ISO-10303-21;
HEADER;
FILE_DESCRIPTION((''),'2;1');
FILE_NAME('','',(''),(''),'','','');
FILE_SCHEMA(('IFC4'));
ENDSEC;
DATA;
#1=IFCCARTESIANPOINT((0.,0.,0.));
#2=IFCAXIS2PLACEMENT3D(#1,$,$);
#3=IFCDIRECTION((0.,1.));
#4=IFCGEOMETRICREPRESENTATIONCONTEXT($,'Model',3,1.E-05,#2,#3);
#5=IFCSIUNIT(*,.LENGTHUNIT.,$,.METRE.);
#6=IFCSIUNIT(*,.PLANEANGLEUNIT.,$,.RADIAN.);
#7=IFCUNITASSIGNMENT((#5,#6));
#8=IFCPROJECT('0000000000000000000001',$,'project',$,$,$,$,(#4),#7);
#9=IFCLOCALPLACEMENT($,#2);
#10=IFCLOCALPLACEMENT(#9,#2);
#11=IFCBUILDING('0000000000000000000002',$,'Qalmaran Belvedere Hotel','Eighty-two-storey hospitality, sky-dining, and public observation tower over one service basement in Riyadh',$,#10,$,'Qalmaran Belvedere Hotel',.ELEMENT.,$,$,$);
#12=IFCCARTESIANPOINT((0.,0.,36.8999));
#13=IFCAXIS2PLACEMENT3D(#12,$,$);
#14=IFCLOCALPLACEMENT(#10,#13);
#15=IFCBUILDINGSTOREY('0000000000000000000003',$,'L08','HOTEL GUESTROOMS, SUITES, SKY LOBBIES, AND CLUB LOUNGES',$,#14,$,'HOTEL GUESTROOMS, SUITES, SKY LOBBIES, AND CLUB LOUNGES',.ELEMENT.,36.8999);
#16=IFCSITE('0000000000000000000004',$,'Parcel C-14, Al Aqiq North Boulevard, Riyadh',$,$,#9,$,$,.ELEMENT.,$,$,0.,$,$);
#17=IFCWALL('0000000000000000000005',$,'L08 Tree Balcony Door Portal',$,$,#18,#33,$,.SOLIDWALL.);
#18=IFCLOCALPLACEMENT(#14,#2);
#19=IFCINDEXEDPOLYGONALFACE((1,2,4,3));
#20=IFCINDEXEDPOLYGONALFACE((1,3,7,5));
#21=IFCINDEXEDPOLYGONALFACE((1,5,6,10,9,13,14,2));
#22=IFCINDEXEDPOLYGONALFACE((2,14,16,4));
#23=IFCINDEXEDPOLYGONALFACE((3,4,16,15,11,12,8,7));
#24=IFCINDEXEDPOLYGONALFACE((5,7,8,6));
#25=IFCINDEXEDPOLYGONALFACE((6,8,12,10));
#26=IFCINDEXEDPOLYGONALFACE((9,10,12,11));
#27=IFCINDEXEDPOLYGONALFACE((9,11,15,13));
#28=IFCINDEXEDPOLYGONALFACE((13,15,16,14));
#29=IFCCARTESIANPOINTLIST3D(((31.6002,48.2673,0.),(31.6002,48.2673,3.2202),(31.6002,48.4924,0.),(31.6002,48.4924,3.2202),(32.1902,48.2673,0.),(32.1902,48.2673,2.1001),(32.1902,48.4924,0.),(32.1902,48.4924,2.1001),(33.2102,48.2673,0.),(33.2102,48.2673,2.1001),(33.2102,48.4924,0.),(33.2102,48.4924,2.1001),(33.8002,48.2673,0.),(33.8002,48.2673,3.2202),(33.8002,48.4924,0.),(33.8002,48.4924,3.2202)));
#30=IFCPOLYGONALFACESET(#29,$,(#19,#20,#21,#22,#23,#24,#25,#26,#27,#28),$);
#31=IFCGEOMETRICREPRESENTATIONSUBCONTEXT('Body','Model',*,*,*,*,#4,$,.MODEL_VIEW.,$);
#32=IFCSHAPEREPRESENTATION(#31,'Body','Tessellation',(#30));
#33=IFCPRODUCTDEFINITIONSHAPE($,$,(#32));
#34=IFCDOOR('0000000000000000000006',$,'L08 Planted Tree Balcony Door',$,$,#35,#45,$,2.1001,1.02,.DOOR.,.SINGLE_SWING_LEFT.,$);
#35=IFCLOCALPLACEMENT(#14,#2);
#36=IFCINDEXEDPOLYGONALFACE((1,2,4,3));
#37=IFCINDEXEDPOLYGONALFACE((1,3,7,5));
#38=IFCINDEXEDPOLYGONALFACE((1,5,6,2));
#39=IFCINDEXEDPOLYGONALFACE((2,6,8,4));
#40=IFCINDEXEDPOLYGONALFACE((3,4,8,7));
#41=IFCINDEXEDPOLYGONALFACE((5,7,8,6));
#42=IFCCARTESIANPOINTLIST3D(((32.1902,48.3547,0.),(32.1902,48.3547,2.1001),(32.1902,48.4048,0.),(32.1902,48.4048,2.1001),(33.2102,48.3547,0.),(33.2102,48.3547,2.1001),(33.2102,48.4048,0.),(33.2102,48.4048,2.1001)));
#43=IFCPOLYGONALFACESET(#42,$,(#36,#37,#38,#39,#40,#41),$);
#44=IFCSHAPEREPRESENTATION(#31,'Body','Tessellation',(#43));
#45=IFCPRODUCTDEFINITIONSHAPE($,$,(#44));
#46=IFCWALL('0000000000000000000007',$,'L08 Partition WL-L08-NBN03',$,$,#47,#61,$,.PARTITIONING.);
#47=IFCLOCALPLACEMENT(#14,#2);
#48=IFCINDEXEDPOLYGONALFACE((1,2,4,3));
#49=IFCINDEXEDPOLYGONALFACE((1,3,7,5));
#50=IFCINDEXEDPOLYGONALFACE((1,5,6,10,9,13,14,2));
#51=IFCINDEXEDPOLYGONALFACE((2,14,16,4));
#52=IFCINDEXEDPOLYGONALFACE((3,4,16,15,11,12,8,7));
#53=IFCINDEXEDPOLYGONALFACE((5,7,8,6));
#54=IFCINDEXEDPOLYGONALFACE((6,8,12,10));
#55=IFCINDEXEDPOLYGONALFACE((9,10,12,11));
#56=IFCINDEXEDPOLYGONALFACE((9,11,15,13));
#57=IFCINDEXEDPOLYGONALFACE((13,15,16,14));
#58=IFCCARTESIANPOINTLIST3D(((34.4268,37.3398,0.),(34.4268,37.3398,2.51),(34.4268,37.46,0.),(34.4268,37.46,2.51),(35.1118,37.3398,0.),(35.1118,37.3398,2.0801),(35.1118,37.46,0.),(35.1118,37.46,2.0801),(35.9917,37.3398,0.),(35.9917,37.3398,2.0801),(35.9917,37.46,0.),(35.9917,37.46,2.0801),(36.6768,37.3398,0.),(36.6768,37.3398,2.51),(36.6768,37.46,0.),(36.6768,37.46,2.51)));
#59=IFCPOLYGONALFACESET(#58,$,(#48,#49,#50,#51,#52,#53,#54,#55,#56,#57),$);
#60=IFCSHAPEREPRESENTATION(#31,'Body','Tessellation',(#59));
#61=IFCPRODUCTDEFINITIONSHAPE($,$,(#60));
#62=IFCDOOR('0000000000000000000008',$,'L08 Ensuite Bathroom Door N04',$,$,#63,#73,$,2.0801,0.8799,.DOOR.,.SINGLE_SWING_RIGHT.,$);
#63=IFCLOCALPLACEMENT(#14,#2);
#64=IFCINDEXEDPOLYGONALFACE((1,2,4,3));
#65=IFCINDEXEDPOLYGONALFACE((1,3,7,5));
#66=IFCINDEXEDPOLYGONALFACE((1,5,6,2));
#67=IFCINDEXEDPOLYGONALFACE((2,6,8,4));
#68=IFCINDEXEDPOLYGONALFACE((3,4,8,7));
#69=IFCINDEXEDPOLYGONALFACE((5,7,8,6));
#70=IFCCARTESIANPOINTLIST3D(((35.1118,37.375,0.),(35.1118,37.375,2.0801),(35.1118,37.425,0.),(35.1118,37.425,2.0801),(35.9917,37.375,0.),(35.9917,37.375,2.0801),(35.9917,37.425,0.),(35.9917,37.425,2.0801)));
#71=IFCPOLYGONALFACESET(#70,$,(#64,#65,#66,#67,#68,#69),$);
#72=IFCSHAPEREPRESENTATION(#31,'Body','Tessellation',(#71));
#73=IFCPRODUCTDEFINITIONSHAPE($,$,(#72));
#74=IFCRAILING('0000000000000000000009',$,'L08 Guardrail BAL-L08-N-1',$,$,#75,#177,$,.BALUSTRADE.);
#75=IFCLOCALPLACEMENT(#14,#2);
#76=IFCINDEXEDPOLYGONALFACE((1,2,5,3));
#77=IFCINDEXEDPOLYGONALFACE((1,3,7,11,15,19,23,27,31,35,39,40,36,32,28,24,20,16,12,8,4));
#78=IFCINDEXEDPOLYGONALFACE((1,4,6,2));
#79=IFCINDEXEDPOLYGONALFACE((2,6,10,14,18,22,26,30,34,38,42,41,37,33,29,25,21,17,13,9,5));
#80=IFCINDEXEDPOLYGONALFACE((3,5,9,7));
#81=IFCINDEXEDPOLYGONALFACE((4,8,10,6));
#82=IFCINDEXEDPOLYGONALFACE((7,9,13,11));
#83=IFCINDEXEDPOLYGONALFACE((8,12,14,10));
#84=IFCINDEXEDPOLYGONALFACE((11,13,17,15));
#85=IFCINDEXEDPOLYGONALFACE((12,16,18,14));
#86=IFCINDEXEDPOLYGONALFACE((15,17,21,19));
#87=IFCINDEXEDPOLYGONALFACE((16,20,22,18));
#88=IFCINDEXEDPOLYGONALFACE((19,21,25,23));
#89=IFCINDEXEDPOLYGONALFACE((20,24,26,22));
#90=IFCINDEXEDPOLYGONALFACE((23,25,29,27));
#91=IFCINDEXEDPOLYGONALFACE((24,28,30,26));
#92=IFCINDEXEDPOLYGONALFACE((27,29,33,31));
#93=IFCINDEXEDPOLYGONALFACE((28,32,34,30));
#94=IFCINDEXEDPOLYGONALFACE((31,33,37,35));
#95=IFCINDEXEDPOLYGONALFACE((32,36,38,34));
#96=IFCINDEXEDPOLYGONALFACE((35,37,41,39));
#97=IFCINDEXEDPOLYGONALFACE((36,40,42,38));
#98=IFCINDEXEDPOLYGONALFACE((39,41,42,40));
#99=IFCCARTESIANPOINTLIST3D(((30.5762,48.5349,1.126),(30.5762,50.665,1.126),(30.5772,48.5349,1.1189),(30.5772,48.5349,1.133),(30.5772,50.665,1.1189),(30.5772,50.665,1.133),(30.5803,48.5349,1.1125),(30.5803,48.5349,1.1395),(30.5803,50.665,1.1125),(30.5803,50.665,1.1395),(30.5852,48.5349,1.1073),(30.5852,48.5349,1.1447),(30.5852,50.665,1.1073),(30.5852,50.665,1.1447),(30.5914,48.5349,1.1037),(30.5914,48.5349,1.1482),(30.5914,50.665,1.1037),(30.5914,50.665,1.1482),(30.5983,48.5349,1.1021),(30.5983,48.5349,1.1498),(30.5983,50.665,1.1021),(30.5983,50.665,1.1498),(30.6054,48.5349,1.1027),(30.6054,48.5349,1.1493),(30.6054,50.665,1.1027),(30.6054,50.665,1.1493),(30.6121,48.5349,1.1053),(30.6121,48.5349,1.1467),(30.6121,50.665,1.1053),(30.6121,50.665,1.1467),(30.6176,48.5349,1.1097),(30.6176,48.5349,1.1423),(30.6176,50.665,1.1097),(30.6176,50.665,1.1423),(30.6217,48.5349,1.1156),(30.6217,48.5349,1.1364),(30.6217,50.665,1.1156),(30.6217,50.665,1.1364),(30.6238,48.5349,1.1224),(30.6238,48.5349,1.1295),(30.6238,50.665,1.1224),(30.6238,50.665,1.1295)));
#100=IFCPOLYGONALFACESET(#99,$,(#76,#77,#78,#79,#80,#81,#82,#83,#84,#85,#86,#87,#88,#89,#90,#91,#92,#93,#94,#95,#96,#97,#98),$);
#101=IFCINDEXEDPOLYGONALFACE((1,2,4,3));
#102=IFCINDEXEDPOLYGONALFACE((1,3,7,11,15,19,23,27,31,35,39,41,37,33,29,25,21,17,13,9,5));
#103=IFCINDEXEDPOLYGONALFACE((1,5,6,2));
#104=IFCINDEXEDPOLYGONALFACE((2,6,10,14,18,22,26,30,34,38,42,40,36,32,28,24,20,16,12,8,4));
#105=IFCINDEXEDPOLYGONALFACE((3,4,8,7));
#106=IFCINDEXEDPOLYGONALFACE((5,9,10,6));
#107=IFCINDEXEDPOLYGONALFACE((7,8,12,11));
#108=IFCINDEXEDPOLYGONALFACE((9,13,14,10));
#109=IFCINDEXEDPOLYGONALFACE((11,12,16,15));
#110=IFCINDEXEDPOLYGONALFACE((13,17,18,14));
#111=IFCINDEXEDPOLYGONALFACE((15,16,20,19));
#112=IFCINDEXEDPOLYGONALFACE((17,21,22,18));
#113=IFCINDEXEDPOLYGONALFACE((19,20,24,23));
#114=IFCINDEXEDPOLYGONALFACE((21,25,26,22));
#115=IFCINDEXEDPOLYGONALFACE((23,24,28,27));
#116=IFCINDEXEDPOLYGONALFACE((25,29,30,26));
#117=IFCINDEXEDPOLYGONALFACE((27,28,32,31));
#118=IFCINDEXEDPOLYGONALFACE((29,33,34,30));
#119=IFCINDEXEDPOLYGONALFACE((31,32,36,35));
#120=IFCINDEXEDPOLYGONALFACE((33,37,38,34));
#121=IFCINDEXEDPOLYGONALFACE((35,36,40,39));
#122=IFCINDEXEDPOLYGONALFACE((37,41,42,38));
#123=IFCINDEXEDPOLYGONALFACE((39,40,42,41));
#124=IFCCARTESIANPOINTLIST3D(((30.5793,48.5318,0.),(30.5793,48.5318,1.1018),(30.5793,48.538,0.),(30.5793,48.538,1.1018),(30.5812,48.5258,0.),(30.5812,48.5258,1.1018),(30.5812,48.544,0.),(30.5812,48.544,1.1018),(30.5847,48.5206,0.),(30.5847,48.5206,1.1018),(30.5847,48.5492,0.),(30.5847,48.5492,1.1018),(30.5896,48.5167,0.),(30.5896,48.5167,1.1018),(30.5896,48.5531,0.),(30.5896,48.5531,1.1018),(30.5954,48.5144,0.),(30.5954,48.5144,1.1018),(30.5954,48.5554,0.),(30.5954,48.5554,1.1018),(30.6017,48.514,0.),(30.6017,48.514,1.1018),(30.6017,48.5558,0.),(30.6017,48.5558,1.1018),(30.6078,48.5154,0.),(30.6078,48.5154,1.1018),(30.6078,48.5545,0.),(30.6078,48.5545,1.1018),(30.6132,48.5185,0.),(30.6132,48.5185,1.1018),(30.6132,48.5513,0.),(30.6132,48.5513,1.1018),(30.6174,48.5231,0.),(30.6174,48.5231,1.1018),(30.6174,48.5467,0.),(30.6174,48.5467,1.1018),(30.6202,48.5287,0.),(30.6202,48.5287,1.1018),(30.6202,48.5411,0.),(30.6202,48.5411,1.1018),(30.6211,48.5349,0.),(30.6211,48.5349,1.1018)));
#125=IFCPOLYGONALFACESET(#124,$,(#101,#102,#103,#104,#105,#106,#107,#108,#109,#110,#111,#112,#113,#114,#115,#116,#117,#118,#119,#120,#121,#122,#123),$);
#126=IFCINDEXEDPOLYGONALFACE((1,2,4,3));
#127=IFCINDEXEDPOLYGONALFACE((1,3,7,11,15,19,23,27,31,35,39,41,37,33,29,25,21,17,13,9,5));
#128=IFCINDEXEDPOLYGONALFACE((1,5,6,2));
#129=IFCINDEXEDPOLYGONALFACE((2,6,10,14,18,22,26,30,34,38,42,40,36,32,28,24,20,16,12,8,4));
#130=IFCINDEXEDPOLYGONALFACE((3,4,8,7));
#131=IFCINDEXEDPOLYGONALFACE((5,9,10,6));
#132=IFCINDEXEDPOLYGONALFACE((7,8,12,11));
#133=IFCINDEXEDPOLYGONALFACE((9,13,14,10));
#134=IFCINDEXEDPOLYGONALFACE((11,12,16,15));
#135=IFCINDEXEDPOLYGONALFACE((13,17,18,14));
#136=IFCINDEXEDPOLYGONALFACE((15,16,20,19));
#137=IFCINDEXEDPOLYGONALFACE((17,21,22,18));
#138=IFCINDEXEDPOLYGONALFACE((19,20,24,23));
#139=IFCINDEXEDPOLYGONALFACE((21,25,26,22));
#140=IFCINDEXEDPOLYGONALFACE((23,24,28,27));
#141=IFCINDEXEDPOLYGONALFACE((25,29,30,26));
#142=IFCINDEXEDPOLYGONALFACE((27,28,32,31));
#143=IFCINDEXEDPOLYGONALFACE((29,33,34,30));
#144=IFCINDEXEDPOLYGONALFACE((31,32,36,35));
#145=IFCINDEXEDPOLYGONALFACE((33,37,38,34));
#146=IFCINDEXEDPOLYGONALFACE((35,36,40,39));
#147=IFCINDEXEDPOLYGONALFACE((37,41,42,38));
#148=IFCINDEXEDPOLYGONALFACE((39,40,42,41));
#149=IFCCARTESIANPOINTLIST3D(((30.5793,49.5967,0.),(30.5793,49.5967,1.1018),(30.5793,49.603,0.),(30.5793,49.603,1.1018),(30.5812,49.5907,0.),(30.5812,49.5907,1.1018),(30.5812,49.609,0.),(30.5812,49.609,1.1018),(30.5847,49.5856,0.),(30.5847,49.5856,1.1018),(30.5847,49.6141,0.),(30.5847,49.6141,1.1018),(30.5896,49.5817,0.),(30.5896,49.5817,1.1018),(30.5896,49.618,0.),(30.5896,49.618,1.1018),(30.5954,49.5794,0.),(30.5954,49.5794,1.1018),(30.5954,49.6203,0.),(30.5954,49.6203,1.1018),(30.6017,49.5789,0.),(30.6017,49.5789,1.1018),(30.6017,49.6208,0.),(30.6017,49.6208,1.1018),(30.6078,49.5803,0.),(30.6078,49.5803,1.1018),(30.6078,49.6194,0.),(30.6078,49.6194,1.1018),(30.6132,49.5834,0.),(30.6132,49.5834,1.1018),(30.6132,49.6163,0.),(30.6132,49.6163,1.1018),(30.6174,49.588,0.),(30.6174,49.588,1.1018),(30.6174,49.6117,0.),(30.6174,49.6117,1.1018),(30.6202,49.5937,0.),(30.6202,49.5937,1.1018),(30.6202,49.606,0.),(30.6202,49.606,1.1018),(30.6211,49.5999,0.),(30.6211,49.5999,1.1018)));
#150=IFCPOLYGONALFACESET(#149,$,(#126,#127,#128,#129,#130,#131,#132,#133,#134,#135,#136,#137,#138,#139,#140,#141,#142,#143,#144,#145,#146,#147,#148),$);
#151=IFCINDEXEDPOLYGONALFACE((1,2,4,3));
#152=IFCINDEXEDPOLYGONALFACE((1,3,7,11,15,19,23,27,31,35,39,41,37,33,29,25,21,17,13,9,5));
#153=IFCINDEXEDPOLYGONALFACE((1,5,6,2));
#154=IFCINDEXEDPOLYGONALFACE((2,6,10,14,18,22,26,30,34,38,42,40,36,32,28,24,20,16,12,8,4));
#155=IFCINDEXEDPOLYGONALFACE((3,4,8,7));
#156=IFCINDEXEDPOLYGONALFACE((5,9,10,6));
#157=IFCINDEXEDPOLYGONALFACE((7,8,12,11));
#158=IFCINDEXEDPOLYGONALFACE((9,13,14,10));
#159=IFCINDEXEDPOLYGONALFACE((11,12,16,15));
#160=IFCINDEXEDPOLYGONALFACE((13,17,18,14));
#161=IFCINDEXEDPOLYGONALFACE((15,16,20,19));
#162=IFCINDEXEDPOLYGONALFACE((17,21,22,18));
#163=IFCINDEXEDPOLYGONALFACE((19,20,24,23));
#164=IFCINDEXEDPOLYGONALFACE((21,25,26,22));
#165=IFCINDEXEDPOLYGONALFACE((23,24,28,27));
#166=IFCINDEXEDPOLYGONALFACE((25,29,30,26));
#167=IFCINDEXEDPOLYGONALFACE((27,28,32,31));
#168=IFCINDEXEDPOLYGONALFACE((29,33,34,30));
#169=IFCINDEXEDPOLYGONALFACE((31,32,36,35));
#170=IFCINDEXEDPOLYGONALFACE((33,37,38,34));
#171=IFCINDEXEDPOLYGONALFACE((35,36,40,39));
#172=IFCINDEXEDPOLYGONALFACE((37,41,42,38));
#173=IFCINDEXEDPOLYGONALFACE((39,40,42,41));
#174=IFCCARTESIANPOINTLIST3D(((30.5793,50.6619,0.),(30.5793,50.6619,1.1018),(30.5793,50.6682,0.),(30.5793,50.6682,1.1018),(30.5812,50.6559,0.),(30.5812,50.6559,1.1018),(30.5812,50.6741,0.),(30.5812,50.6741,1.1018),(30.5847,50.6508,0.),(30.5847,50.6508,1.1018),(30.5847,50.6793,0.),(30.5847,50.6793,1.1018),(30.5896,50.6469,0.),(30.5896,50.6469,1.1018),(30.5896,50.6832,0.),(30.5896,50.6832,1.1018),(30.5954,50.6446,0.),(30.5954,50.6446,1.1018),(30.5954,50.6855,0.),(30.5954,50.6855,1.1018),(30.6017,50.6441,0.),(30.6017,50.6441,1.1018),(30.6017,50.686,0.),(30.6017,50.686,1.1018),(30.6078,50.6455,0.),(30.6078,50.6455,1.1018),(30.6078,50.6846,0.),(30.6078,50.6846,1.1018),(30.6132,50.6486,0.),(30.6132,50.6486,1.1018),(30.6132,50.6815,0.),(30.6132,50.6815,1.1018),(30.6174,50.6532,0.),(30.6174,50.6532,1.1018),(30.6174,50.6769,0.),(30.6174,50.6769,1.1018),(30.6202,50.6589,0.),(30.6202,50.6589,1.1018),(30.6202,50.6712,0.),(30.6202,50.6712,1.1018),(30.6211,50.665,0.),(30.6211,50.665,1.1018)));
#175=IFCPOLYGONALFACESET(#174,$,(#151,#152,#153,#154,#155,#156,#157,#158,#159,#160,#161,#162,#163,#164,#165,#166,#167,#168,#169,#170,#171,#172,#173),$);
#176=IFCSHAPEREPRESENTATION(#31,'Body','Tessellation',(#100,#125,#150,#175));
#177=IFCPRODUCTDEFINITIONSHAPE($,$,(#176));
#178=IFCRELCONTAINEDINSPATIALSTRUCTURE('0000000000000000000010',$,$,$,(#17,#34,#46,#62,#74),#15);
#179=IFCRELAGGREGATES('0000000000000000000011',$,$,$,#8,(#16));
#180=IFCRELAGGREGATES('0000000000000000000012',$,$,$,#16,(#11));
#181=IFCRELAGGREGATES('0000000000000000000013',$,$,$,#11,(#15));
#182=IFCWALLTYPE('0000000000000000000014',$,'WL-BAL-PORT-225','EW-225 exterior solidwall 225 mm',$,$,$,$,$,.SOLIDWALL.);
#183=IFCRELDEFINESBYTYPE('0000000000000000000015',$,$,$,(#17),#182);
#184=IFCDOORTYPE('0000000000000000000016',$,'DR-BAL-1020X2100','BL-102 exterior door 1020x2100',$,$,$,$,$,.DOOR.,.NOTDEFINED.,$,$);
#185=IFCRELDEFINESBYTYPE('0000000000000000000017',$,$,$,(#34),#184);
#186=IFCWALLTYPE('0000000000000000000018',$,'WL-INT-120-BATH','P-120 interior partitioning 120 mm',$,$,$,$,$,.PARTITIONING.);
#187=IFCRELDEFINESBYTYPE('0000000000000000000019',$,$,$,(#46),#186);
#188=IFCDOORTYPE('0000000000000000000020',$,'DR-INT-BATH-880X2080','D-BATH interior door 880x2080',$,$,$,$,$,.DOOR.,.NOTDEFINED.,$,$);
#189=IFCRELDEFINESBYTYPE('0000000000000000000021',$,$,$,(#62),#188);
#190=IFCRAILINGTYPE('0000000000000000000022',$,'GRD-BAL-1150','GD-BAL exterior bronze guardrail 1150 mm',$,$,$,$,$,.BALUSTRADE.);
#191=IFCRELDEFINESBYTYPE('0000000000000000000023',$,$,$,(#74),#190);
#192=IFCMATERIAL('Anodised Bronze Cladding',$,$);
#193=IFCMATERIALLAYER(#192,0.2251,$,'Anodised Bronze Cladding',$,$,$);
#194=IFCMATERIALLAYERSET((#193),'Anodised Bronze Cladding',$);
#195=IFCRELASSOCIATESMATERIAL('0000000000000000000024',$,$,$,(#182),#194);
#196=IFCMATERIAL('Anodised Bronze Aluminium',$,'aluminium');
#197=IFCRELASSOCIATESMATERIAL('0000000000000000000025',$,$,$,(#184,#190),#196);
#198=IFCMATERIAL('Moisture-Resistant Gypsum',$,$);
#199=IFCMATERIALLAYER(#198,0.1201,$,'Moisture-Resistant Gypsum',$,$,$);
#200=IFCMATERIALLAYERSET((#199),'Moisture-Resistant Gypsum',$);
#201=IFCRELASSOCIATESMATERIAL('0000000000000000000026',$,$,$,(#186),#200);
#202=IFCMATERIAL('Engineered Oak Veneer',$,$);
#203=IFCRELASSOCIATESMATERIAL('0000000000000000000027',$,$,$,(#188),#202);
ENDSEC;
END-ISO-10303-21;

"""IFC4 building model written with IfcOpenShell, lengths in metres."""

from ifc_helpers import new_model, si_unit, direction, frame, frame_2d, origin, origin_2d, place, context, subcontext, project, spatial, rectangle, circle, extrude, material, layer, layer_set, type_object, element, fill, save


model = new_model("IFC4")

# Units and contexts
model_context = context("Model", 3, precision=1e-05, world=origin(), true_north=direction((0.0, 1.0)))
body_context = subcontext(model_context, "Body", "Model", "MODEL_VIEW")
ifc_project = project(units=[si_unit("LENGTHUNIT", "METRE"), si_unit("PLANEANGLEUNIT", "RADIAN")], contexts=[model_context])

# Site, building, storey
site_placement = place(None, origin())
site = spatial("IfcSite", under=ifc_project, at=site_placement, Name="Parcel C-14, Al Aqiq North Boulevard, Riyadh", CompositionType="ELEMENT", RefElevation=0.0)
building_placement = place(site_placement, origin())
building = spatial("IfcBuilding", under=site, at=building_placement, Name="Qalmaran Belvedere Hotel", Description="Eighty-two-storey hospitality, sky-dining, and public observation tower over one service basement in Riyadh", LongName="Qalmaran Belvedere Hotel", CompositionType="ELEMENT")
storey_placement = place(building_placement, frame((0.0, 0.0, 36.8999)))
storey = spatial("IfcBuildingStorey", under=building, at=storey_placement, Name="L08", Description="HOTEL GUESTROOMS, SUITES, SKY LOBBIES, AND CLUB LOUNGES", LongName="HOTEL GUESTROOMS, SUITES, SKY LOBBIES, AND CLUB LOUNGES", CompositionType="ELEMENT", Elevation=36.8999)

# Shared definitions
ifc_material_1 = material(Name="Anodised Bronze Aluminium", Category="aluminium")

# Walls, openings, doors
ifc_material_2 = material(Name="Anodised Bronze Cladding")
ifc_layer_1 = layer(ifc_material_2, 0.2251, Name="Anodised Bronze Cladding")
ifc_layer_set_1 = layer_set([ifc_layer_1], Name="Anodised Bronze Cladding")
wall_type_1 = type_object("IfcWallType", Name="WL-BAL-PORT-225", Description="EW-225 exterior solidwall 225 mm", PredefinedType="SOLIDWALL", material=ifc_layer_set_1)
wall_1_placement = place(storey_placement, frame((31.6001, 48.3799, 0.0), z_axis=(0.0, 0.0, 1.0), x_axis=(1.0, 0.0, 0.0)))
wall_1 = element("IfcWall", 1, at=wall_1_placement, inside=storey, type_object=wall_type_1, Name="L08 Tree Balcony Door Portal", PredefinedType="SOLIDWALL", context=body_context, shape_type="SweptSolid", body=[
    extrude(rectangle(XDim=2.2, YDim=0.2251, at=frame_2d((1.1001, 0.0))), origin(), (0.0, 0.0, 1.0), 3.2202),
])
opening_1_placement = place(wall_1_placement, frame((0.5901, 0.0, 0.0)))
opening_1 = element("IfcOpeningElement", 2, at=opening_1_placement, cuts=wall_1, PredefinedType="OPENING", context=body_context, shape_type="SweptSolid", body=[
    extrude(rectangle(XDim=1.02, YDim=2.1001, at=frame_2d((0.51, 1.05))), frame((0.0, 0.1226, 0.0), z_axis=(0.0, -1.0, 0.0), x_axis=(1.0, 0.0, 0.0)), (0.0, 0.0, 1.0), 0.2451),
])
door_type_1 = type_object("IfcDoorType", Name="DR-BAL-1020X2100", Description="BL-102 exterior door 1020x2100", OperationType="NOTDEFINED", PredefinedType="DOOR", material=ifc_material_1)
door_1_placement = place(opening_1_placement, origin())
door_1 = element("IfcDoor", 3, at=door_1_placement, inside=storey, type_object=door_type_1, Name="L08 Planted Tree Balcony Door", OperationType="SINGLE_SWING_LEFT", OverallHeight=2.1001, OverallWidth=1.02, PredefinedType="DOOR", context=body_context, shape_type="SweptSolid", body=[
    extrude(rectangle(XDim=1.02, YDim=2.1001, at=frame_2d((0.51, 1.05))), frame((0.0, 0.0249, 0.0), z_axis=(0.0, -1.0, 0.0), x_axis=(1.0, 0.0, 0.0)), (0.0, 0.0, 1.0), 0.05),
])
fill(opening_1, door_1)
ifc_material_3 = material(Name="Moisture-Resistant Gypsum")
ifc_layer_2 = layer(ifc_material_3, 0.1201, Name="Moisture-Resistant Gypsum")
ifc_layer_set_2 = layer_set([ifc_layer_2], Name="Moisture-Resistant Gypsum")
wall_type_2 = type_object("IfcWallType", Name="WL-INT-120-BATH", Description="P-120 interior partitioning 120 mm", PredefinedType="PARTITIONING", material=ifc_layer_set_2)
wall_2_placement = place(storey_placement, frame((34.4268, 37.3999, 0.0), z_axis=(0.0, 0.0, 1.0), x_axis=(1.0, 0.0, 0.0)))
wall_2 = element("IfcWall", 4, at=wall_2_placement, inside=storey, type_object=wall_type_2, Name="L08 Partition WL-L08-NBN03", PredefinedType="PARTITIONING", context=body_context, shape_type="SweptSolid", body=[
    extrude(rectangle(XDim=2.25, YDim=0.1201, at=frame_2d((1.125, 0.0))), origin(), (0.0, 0.0, 1.0), 2.51),
])
opening_2_placement = place(wall_2_placement, frame((1.5649, 0.0, 0.0), z_axis=(0.0, 0.0, 1.0), x_axis=(-1.0, 0.0, 0.0)))
opening_2 = element("IfcOpeningElement", 5, at=opening_2_placement, cuts=wall_2, PredefinedType="OPENING", context=body_context, shape_type="SweptSolid", body=[
    extrude(rectangle(XDim=0.8799, YDim=2.0801, at=frame_2d((0.4399, 1.04))), frame((0.0, 0.0701, 0.0), z_axis=(0.0, -1.0, 0.0), x_axis=(1.0, 0.0, 0.0)), (0.0, 0.0, 1.0), 0.1401),
])
ifc_material_4 = material(Name="Engineered Oak Veneer")
door_type_2 = type_object("IfcDoorType", Name="DR-INT-BATH-880X2080", Description="D-BATH interior door 880x2080", OperationType="NOTDEFINED", PredefinedType="DOOR", material=ifc_material_4)
door_2_placement = place(opening_2_placement, origin())
door_2 = element("IfcDoor", 6, at=door_2_placement, inside=storey, type_object=door_type_2, Name="L08 Ensuite Bathroom Door N04", OperationType="SINGLE_SWING_RIGHT", OverallHeight=2.0801, OverallWidth=0.8799, PredefinedType="DOOR", context=body_context, shape_type="SweptSolid", body=[
    extrude(rectangle(XDim=0.8799, YDim=2.0801, at=frame_2d((0.4399, 1.04))), frame((0.0, 0.0249, 0.0), z_axis=(0.0, -1.0, 0.0), x_axis=(1.0, 0.0, 0.0)), (0.0, 0.0, 1.0), 0.05),
])
fill(opening_2, door_2)

# Railing
railing_type = type_object("IfcRailingType", Name="GRD-BAL-1150", Description="GD-BAL exterior bronze guardrail 1150 mm", PredefinedType="BALUSTRADE", material=ifc_material_1)
railing_1_placement = place(storey_placement, frame((30.6001, 48.5349, 0.0)))
element("IfcRailing", 7, at=railing_1_placement, inside=storey, type_object=railing_type, Name="L08 Guardrail BAL-L08-N-1", PredefinedType="BALUSTRADE", context=body_context, shape_type="SweptSolid", body=[
    extrude(circle(Radius=0.0239, at=origin_2d()), frame((0.0, 0.0, 1.126), z_axis=(0.0, 1.0, 0.0), x_axis=(-1.0, 0.0, 0.0)), (0.0, 0.0, 1.0), 2.1301),
    extrude(circle(Radius=0.021, at=origin_2d()), origin(), (0.0, 0.0, 1.0), 1.1018),
    extrude(circle(Radius=0.021, at=origin_2d()), frame((0.0, 1.0649, 0.0)), (0.0, 0.0, 1.0), 1.1018),
    extrude(circle(Radius=0.021, at=origin_2d()), frame((0.0, 2.1301, 0.0)), (0.0, 0.0, 1.0), 1.1018),
])

save(model, "model.ifc")
